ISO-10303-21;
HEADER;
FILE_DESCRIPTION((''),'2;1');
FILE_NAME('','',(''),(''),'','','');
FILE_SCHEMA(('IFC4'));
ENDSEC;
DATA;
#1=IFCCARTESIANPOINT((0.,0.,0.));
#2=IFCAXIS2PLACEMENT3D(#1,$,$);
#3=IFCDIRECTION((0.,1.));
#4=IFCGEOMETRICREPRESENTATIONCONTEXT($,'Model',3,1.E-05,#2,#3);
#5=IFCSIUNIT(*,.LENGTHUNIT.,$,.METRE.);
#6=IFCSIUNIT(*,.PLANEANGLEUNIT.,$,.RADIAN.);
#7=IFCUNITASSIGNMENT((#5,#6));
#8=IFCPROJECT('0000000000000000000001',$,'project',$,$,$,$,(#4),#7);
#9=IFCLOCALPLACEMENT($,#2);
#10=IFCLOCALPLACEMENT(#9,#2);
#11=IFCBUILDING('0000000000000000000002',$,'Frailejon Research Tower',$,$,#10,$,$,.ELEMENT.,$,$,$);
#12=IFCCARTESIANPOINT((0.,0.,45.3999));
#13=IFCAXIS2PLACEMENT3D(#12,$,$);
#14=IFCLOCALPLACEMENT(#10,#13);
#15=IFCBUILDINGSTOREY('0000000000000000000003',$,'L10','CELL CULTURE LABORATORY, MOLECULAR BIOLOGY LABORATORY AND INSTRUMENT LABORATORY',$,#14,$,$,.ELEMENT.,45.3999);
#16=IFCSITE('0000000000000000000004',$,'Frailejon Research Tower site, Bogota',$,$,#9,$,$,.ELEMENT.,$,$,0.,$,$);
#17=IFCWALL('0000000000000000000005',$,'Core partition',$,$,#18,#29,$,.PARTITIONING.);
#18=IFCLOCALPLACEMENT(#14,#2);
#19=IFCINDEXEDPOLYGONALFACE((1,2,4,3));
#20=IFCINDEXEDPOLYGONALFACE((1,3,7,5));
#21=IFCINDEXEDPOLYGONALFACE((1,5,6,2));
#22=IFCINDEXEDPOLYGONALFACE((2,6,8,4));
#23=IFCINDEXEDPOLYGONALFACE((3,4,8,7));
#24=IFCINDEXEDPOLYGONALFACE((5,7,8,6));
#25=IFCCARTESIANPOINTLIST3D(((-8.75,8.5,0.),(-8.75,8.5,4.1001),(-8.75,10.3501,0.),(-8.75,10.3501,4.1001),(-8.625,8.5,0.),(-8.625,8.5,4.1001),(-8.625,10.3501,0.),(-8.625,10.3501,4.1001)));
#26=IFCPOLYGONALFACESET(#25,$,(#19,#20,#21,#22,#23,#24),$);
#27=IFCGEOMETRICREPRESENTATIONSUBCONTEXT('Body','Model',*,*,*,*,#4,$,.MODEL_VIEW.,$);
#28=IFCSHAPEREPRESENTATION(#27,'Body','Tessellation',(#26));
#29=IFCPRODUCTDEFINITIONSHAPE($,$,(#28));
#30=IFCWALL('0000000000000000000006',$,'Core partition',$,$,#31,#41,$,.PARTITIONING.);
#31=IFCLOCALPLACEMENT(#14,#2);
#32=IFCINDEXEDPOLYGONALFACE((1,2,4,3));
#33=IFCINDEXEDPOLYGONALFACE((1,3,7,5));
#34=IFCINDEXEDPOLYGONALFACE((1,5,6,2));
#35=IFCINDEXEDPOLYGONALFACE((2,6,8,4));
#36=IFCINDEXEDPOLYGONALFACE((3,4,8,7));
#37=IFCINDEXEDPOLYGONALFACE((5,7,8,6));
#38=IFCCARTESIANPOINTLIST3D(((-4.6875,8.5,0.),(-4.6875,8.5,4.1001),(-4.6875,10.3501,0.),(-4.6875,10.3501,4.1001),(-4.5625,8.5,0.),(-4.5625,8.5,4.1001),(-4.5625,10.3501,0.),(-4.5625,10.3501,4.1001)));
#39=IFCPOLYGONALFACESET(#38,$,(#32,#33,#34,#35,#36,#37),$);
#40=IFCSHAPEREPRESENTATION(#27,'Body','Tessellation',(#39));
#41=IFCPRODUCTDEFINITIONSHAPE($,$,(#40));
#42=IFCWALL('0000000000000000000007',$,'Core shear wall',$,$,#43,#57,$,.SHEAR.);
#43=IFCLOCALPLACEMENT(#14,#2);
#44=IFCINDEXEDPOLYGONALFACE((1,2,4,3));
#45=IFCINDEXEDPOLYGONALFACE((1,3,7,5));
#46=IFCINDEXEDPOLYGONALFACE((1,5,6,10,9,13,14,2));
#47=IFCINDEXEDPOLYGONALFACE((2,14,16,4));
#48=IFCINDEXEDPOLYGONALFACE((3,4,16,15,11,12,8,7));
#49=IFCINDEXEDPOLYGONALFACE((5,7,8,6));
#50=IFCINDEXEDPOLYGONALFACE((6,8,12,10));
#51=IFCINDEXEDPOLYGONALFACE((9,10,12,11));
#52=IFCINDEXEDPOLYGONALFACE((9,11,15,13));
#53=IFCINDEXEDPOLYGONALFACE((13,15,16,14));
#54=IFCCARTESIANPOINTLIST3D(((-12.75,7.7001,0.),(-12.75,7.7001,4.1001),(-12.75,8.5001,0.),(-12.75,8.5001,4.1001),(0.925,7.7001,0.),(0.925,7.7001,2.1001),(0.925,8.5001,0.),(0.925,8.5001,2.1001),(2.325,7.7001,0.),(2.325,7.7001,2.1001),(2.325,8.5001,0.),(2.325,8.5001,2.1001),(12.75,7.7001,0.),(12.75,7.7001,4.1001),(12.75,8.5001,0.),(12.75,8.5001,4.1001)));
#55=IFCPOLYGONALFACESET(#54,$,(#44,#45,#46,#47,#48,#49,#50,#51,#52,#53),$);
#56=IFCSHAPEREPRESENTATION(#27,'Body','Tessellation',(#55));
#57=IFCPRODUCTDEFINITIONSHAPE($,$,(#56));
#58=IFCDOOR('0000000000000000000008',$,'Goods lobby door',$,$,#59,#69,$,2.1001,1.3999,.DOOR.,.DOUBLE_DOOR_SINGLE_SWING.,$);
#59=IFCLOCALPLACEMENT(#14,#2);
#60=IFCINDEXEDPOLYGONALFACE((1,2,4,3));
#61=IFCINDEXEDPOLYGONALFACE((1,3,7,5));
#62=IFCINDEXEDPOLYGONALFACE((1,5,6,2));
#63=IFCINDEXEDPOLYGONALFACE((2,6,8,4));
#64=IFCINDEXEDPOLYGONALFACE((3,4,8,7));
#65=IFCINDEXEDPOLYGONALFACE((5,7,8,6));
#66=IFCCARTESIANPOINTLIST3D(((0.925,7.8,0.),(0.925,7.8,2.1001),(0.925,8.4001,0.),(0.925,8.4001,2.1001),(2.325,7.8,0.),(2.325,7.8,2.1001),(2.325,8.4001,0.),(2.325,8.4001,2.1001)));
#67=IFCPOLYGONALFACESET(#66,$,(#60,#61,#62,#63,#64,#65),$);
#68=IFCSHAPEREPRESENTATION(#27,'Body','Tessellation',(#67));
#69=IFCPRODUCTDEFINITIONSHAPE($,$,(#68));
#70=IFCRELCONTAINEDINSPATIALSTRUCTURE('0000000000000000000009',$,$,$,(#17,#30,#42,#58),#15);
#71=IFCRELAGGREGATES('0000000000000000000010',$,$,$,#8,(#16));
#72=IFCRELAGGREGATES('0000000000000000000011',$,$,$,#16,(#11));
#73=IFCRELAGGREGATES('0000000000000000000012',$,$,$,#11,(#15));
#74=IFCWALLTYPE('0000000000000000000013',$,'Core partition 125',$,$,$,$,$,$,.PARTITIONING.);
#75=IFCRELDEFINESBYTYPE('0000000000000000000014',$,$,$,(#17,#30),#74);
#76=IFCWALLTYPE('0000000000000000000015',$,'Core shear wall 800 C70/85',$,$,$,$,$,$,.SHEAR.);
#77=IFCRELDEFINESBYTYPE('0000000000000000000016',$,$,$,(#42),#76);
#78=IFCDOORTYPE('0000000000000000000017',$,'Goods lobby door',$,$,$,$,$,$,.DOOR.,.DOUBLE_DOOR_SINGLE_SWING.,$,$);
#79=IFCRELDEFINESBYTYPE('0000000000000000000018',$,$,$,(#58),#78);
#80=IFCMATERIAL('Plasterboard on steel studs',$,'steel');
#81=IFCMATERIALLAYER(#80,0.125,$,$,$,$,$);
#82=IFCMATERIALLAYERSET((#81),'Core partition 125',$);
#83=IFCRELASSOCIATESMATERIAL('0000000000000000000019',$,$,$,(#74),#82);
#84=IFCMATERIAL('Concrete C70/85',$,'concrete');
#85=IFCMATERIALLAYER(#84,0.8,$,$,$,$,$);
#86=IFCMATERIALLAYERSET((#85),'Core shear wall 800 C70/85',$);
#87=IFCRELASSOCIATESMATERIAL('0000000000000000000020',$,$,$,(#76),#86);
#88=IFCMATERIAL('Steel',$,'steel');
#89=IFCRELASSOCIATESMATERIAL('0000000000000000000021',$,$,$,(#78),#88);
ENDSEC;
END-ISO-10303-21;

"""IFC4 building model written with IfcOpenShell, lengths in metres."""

from ifc_helpers import new_model, si_unit, direction, frame, frame_2d, origin, place, context, subcontext, project, spatial, rectangle, extrude, material, layer, layer_set, type_object, element, fill, save


model = new_model("IFC4")

# Units and contexts
model_context = context("Model", 3, precision=1e-05, world=origin(), true_north=direction((0.0, 1.0)))
body_context = subcontext(model_context, "Body", "Model", "MODEL_VIEW")
ifc_project = project(units=[si_unit("LENGTHUNIT", "METRE"), si_unit("PLANEANGLEUNIT", "RADIAN")], contexts=[model_context])

# Site, building, storey
site_placement = place(None, origin())
site = spatial("IfcSite", under=ifc_project, at=site_placement, Name="Frailejon Research Tower site, Bogota", CompositionType="ELEMENT", RefElevation=0.0)
building_placement = place(site_placement, origin())
building = spatial("IfcBuilding", under=site, at=building_placement, Name="Frailejon Research Tower", CompositionType="ELEMENT")
storey_placement = place(building_placement, frame((0.0, 0.0, 45.3999)))
storey = spatial("IfcBuildingStorey", under=building, at=storey_placement, Name="L10", Description="CELL CULTURE LABORATORY, MOLECULAR BIOLOGY LABORATORY AND INSTRUMENT LABORATORY", CompositionType="ELEMENT", Elevation=45.3999)

# Walls
ifc_material_1 = material(Name="Plasterboard on steel studs", Category="steel")
ifc_layer_1 = layer(ifc_material_1, 0.125)
ifc_layer_set_1 = layer_set([ifc_layer_1], Name="Core partition 125")
wall_type_1 = type_object("IfcWallType", Name="Core partition 125", PredefinedType="PARTITIONING", material=ifc_layer_set_1)
for number, where, z_axis, x_axis, name in (
    (1, (-8.6875, 8.5, 0.0), (0.0, 0.0, 1.0), (0.0, 1.0, 0.0), "Core partition"),
    (2, (-4.625, 8.5, 0.0), (0.0, 0.0, 1.0), (0.0, 1.0, 0.0), "Core partition"),
):
    element("IfcWall", number, at=place(storey_placement, frame(where, z_axis=z_axis, x_axis=x_axis)), inside=storey, type_object=wall_type_1, Name=name, PredefinedType="PARTITIONING", context=body_context, shape_type="SweptSolid", body=[
        extrude(rectangle(XDim=1.8501, YDim=0.125, at=frame_2d((0.925, 0.0))), origin(), (0.0, 0.0, 1.0), 4.1001),
    ])

# Wall, opening, door
ifc_material_2 = material(Name="Concrete C70/85", Category="concrete")
ifc_layer_2 = layer(ifc_material_2, 0.8)
ifc_layer_set_2 = layer_set([ifc_layer_2], Name="Core shear wall 800 C70/85")
wall_type_2 = type_object("IfcWallType", Name="Core shear wall 800 C70/85", PredefinedType="SHEAR", material=ifc_layer_set_2)
wall_1_placement = place(storey_placement, frame((-12.75, 8.1001, 0.0), z_axis=(0.0, 0.0, 1.0), x_axis=(1.0, 0.0, 0.0)))
wall_1 = element("IfcWall", 3, at=wall_1_placement, inside=storey, type_object=wall_type_2, Name="Core shear wall", PredefinedType="SHEAR", context=body_context, shape_type="SweptSolid", body=[
    extrude(rectangle(XDim=25.5, YDim=0.8, at=frame_2d((12.75, 0.0))), origin(), (0.0, 0.0, 1.0), 4.1001),
])
opening_1_placement = place(wall_1_placement, frame((13.675, 0.0, 0.0)))
opening_1 = element("IfcOpeningElement", 4, at=opening_1_placement, cuts=wall_1, PredefinedType="OPENING", context=body_context, shape_type="SweptSolid", body=[
    extrude(rectangle(XDim=1.3999, YDim=2.1001, at=frame_2d((0.7, 1.05))), frame((0.0, 0.4099, 0.0), z_axis=(0.0, -1.0, 0.0), x_axis=(1.0, 0.0, 0.0)), (0.0, 0.0, 1.0), 0.8201),
])
ifc_material_3 = material(Name="Steel", Category="steel")
door_type_1 = type_object("IfcDoorType", Name="Goods lobby door", OperationType="DOUBLE_DOOR_SINGLE_SWING", PredefinedType="DOOR", material=ifc_material_3)
door_1_placement = place(opening_1_placement, origin())
door_1 = element("IfcDoor", 5, at=door_1_placement, inside=storey, type_object=door_type_1, Name="Goods lobby door", OperationType="DOUBLE_DOOR_SINGLE_SWING", OverallHeight=2.1001, OverallWidth=1.3999, PredefinedType="DOOR", context=body_context, shape_type="SweptSolid", body=[
    extrude(rectangle(XDim=1.3999, YDim=2.1001, at=frame_2d((0.7, 1.05))), frame((0.0, 0.3, 0.0), z_axis=(0.0, -1.0, 0.0), x_axis=(1.0, 0.0, 0.0)), (0.0, 0.0, 1.0), 0.6001),
])
fill(opening_1, door_1)

save(model, "model.ifc")
